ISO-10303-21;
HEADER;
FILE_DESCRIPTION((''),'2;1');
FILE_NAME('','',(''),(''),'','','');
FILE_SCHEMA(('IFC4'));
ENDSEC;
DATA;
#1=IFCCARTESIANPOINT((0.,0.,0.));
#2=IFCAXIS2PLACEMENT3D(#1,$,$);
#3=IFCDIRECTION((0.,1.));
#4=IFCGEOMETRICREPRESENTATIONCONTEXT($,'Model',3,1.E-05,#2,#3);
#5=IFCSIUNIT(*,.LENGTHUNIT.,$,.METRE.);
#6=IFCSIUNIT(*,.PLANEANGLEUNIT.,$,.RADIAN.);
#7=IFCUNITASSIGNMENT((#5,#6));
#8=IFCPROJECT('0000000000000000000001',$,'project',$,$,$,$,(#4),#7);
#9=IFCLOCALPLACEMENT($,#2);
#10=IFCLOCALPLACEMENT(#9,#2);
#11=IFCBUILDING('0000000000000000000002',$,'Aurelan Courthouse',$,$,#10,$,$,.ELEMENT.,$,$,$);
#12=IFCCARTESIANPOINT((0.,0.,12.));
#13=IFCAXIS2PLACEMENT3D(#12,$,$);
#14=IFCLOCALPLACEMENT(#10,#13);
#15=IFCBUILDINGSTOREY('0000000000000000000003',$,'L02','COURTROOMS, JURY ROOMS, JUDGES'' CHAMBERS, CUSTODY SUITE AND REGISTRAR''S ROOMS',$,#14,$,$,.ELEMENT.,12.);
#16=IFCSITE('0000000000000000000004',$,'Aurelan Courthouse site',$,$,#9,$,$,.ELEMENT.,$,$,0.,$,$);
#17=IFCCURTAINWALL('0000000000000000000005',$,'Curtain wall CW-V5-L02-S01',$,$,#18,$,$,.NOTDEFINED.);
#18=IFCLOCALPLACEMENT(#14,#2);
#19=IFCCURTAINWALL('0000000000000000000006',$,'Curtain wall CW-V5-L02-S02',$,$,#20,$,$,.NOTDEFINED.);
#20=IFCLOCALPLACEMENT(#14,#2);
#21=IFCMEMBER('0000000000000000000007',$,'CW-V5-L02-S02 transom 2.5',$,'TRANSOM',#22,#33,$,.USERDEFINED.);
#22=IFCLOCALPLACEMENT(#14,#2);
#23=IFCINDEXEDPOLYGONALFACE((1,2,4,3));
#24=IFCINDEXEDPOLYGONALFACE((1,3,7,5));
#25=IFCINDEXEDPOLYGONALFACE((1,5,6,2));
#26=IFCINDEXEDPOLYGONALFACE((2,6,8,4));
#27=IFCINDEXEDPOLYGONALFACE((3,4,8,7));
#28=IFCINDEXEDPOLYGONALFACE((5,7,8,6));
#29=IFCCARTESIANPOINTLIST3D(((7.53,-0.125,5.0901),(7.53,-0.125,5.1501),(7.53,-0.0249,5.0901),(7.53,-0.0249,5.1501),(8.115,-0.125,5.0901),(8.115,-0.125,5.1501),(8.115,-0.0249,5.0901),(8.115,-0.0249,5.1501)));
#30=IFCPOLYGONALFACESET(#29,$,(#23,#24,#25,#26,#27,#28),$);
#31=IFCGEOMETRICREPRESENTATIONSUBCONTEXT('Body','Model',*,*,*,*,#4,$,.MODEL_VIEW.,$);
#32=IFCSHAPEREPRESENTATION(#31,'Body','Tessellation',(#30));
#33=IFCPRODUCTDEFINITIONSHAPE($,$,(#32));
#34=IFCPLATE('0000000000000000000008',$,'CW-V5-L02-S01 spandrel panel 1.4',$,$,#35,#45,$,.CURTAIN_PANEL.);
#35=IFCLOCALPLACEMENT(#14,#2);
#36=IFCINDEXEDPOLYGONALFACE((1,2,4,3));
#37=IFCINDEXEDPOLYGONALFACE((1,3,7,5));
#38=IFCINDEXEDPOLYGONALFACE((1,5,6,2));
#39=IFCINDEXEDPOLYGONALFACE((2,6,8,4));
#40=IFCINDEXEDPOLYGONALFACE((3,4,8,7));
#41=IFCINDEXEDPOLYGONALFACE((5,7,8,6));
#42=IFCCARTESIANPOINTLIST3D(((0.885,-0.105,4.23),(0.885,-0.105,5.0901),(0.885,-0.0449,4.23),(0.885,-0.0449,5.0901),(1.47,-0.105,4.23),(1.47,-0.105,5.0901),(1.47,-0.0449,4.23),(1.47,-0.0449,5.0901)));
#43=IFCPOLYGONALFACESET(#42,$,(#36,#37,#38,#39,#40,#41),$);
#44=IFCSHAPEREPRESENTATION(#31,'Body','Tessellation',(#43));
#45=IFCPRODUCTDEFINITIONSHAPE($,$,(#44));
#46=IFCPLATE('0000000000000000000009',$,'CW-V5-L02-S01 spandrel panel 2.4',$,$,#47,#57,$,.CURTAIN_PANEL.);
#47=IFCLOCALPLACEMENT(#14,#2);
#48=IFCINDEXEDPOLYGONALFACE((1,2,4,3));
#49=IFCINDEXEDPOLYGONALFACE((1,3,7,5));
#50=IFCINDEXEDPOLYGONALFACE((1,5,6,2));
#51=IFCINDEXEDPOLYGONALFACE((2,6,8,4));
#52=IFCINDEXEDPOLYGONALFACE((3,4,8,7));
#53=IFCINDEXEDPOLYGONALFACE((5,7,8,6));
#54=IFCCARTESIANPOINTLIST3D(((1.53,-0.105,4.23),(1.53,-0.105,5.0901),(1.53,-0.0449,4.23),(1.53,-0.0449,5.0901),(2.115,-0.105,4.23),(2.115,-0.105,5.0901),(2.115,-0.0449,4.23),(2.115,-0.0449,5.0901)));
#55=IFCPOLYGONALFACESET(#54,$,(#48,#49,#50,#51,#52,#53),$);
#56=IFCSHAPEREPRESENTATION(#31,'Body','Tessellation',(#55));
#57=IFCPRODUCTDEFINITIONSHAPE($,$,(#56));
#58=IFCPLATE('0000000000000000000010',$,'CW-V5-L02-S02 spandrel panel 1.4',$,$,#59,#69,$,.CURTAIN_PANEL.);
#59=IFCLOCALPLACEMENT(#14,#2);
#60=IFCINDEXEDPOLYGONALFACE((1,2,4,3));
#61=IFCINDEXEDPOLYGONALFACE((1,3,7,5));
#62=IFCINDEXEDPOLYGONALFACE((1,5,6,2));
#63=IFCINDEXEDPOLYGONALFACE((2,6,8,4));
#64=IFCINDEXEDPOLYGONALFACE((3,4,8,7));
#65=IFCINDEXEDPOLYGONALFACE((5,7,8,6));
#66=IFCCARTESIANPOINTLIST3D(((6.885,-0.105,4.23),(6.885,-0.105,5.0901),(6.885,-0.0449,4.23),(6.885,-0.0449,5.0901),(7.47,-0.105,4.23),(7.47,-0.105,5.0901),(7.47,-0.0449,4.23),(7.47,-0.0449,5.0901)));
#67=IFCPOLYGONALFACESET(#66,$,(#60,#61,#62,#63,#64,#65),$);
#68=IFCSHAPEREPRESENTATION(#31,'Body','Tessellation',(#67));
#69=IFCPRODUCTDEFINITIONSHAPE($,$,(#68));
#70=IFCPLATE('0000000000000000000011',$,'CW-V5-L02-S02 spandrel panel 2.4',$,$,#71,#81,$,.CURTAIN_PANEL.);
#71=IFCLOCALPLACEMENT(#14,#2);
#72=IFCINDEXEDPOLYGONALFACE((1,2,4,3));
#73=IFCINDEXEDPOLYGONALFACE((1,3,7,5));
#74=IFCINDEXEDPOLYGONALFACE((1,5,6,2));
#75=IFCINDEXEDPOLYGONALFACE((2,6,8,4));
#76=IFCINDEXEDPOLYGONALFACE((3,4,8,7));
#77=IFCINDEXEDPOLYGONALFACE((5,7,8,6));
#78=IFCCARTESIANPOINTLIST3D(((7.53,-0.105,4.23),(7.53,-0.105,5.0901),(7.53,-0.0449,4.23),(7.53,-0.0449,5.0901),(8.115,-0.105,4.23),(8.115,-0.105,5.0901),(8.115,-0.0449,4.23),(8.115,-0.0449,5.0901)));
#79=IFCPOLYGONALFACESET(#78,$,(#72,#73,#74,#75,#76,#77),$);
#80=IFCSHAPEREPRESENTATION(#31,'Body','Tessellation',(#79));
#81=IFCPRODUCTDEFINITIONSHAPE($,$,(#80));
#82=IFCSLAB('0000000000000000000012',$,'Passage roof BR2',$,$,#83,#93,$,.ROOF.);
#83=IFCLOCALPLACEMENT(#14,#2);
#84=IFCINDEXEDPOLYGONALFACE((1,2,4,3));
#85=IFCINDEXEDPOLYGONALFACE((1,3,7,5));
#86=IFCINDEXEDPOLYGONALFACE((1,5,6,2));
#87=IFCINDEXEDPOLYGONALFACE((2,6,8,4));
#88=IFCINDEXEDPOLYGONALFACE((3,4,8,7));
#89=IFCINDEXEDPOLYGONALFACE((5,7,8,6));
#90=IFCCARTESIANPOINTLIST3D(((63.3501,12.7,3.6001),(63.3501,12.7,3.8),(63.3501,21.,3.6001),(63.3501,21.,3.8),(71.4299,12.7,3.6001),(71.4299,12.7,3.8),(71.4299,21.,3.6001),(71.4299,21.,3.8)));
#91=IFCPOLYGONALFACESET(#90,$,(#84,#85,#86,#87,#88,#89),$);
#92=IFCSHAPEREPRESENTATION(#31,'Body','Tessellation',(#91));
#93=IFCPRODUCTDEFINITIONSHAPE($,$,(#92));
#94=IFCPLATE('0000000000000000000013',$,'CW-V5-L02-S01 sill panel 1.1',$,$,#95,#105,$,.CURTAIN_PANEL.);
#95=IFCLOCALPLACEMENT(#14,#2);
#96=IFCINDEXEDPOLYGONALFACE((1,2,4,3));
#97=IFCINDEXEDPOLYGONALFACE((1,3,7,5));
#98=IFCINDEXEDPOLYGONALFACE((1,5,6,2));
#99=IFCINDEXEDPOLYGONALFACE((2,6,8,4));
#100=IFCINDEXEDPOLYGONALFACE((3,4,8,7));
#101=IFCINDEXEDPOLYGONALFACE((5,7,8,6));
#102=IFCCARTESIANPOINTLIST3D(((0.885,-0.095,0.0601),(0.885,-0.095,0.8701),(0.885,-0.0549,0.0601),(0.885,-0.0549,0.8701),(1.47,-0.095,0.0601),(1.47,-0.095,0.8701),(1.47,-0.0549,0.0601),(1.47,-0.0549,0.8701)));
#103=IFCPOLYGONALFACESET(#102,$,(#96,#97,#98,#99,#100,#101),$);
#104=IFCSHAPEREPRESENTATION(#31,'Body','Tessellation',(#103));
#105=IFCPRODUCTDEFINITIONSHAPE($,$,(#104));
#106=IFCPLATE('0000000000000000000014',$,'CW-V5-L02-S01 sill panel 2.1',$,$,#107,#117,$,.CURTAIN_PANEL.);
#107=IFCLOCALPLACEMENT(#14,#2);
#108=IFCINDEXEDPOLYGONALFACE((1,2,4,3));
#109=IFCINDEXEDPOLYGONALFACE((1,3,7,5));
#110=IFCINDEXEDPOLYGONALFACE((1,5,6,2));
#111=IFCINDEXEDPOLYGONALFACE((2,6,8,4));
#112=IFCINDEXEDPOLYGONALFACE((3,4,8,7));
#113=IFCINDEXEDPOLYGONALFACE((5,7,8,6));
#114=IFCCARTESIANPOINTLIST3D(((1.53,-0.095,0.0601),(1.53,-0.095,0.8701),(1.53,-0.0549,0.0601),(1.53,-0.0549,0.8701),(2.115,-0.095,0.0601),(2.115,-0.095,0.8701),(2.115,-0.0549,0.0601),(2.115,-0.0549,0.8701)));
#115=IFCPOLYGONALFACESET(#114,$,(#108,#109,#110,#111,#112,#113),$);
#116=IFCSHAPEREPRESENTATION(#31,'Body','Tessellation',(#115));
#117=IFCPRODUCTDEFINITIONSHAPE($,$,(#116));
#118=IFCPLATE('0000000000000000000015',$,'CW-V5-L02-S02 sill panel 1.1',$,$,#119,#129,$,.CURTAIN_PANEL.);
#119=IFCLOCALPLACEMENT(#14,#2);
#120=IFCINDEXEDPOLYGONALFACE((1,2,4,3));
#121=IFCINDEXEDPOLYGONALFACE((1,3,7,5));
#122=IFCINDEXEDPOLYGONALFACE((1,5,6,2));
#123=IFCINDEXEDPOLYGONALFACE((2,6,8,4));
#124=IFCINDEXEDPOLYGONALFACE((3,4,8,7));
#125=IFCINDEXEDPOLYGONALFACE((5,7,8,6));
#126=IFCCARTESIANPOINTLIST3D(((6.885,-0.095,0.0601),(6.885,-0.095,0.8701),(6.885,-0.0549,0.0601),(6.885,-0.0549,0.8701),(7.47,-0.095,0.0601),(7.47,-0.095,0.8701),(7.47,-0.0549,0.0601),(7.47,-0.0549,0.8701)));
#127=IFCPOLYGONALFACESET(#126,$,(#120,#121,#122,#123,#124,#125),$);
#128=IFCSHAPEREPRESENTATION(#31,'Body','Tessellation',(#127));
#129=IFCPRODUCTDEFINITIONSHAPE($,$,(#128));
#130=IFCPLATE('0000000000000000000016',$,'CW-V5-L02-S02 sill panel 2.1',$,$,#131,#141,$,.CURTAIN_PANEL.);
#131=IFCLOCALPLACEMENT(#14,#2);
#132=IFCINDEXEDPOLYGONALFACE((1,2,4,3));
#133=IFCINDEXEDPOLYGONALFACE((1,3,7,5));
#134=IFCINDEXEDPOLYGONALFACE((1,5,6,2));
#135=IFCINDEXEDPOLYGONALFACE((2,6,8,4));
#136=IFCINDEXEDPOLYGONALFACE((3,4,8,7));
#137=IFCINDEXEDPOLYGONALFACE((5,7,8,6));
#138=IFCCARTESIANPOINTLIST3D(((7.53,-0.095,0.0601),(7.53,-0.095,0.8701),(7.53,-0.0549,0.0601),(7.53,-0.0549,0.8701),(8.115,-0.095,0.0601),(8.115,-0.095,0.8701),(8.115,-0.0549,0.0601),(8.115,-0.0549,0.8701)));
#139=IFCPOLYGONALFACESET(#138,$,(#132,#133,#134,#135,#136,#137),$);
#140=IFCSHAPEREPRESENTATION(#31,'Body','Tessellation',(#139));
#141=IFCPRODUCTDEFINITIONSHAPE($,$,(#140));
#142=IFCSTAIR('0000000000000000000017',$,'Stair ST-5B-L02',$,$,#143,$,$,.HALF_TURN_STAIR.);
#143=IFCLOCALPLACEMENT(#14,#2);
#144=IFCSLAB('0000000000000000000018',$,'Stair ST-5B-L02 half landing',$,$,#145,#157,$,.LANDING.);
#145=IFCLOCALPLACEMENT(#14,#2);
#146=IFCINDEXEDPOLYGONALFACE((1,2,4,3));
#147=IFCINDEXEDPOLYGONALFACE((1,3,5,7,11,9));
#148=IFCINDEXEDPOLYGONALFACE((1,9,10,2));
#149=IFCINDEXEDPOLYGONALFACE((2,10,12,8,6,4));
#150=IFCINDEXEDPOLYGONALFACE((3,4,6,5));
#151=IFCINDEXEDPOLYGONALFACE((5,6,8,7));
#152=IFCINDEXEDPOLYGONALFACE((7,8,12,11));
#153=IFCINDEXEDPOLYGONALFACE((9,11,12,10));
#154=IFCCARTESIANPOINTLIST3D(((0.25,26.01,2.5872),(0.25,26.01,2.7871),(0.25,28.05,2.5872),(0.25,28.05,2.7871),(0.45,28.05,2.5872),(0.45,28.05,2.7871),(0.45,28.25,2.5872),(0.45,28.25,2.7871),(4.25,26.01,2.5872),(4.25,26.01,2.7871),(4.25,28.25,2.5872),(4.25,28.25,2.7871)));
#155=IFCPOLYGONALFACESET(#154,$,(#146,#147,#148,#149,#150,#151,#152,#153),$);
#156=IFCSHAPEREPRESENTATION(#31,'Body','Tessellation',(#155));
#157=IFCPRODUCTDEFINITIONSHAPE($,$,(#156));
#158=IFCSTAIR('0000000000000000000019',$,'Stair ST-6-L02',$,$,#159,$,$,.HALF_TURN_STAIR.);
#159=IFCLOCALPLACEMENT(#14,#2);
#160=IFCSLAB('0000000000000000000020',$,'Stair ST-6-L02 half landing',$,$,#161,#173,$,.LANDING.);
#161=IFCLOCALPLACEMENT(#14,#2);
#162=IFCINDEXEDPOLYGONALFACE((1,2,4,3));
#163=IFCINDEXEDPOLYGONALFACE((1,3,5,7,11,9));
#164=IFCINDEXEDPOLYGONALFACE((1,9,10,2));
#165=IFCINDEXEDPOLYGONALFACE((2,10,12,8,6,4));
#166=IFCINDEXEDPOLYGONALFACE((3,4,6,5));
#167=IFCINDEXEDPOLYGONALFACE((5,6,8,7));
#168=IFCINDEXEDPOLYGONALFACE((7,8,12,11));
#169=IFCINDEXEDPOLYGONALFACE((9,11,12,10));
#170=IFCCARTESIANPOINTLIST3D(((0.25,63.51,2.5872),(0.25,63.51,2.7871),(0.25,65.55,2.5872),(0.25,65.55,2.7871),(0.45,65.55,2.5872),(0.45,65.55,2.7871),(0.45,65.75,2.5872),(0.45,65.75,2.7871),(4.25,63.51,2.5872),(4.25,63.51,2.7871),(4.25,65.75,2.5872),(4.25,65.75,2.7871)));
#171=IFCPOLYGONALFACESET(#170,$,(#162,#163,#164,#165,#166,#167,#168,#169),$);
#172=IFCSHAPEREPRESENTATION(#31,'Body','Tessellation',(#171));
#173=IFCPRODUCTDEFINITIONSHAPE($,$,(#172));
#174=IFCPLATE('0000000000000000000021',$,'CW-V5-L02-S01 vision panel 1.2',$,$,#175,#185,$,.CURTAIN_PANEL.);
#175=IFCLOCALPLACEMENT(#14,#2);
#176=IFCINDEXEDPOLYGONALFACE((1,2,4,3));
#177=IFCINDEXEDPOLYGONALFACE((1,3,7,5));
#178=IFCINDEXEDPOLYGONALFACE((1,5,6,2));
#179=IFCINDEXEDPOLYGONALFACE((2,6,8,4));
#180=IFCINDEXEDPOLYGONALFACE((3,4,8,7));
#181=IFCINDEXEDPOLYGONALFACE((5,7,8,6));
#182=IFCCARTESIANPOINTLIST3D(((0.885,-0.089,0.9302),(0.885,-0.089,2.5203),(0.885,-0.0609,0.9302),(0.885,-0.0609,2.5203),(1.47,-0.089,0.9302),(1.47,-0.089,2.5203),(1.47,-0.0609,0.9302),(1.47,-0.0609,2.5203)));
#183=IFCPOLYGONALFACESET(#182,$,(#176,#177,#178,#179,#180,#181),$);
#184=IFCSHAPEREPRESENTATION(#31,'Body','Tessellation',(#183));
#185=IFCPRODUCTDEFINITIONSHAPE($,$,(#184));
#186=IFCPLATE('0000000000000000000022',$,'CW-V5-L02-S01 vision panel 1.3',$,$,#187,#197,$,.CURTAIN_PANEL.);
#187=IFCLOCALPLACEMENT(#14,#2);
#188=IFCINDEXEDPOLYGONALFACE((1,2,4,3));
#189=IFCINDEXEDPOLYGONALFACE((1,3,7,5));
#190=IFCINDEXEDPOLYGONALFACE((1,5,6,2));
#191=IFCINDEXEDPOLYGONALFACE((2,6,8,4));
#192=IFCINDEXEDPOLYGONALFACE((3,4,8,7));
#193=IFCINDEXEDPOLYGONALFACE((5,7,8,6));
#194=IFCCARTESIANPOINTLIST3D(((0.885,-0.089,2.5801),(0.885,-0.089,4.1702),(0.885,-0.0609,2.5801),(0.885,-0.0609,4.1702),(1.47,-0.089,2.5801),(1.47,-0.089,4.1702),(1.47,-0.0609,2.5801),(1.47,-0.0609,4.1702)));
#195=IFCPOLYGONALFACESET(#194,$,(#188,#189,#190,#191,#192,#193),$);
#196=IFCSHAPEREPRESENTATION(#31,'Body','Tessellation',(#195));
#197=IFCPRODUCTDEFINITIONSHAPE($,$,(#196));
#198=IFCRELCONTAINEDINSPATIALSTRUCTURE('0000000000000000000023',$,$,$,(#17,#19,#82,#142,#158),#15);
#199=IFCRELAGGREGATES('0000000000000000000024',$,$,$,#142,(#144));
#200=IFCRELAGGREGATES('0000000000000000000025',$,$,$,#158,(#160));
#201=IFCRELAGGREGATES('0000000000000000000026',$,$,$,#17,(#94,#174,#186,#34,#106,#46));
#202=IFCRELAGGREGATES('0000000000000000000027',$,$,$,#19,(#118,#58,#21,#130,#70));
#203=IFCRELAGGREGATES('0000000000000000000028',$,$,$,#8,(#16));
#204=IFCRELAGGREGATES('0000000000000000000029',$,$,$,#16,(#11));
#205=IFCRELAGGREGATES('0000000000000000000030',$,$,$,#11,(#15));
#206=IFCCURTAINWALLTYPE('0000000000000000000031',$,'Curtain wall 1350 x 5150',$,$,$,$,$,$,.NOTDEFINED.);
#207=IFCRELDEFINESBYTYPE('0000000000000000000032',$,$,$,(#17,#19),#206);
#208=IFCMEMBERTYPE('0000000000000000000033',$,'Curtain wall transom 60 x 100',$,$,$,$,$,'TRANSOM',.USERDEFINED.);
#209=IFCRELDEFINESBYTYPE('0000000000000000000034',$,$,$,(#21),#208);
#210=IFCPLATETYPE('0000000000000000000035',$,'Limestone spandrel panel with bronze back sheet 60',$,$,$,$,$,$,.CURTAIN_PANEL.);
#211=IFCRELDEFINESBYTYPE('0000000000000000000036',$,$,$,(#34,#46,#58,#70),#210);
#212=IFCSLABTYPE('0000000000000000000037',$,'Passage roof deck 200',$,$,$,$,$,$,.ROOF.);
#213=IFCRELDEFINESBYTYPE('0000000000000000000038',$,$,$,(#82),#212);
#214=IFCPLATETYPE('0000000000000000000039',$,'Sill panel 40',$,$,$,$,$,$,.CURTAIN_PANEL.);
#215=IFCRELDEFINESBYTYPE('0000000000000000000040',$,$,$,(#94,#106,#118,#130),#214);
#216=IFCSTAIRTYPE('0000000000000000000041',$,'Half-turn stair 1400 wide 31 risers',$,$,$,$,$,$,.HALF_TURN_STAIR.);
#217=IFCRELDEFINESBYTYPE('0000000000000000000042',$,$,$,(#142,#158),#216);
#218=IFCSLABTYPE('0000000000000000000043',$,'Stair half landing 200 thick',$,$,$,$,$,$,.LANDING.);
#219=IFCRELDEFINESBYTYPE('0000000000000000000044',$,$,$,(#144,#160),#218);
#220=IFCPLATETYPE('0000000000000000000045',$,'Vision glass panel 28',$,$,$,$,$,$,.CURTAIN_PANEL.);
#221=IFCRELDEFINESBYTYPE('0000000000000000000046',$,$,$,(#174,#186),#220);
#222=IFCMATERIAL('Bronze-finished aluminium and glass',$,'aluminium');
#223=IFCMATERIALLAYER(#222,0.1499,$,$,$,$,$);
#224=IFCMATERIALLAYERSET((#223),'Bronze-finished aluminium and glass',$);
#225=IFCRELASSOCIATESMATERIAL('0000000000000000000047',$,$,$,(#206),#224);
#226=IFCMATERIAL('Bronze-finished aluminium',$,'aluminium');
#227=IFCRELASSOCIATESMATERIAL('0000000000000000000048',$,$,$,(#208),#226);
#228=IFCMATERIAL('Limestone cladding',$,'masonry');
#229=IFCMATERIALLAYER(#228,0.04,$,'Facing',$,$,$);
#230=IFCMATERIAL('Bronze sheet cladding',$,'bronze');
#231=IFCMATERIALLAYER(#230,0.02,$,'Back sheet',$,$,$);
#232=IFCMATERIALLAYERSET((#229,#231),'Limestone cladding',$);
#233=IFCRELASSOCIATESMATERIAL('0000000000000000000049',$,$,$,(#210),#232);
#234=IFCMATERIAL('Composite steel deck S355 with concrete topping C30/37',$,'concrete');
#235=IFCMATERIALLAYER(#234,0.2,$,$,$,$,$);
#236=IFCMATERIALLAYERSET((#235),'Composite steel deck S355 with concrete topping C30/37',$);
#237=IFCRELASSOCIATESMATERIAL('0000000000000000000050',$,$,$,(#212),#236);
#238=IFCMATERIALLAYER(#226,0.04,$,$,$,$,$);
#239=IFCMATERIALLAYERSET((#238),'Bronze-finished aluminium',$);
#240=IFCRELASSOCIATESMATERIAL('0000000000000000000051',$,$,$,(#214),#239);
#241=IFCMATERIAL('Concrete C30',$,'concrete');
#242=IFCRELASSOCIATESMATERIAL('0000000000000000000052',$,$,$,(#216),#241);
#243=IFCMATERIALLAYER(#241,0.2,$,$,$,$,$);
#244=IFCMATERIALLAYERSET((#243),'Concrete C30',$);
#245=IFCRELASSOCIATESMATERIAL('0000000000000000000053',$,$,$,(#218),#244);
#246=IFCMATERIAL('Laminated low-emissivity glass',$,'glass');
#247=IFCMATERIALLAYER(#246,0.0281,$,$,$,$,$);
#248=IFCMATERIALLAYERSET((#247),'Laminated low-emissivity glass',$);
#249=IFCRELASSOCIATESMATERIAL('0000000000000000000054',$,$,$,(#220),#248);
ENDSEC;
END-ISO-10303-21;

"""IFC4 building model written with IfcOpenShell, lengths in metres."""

from ifc_helpers import new_model, si_unit, direction, frame, origin, origin_2d, place, context, subcontext, project, spatial, polyline, rectangle, outline, extrude, material, layer, layer_set, material_profile, profile_set, type_object, element, aggregate, save


model = new_model("IFC4")

# Units and contexts
model_context = context("Model", 3, precision=1e-05, world=origin(), true_north=direction((0.0, 1.0)))
body_context = subcontext(model_context, "Body", "Model", "MODEL_VIEW")
ifc_project = project(units=[si_unit("LENGTHUNIT", "METRE"), si_unit("PLANEANGLEUNIT", "RADIAN")], contexts=[model_context])

# Site, building, storey
site_placement = place(None, origin())
site = spatial("IfcSite", under=ifc_project, at=site_placement, Name="Aurelan Courthouse site", CompositionType="ELEMENT", RefElevation=0.0)
building_placement = place(site_placement, origin())
building = spatial("IfcBuilding", under=site, at=building_placement, Name="Aurelan Courthouse", CompositionType="ELEMENT")
storey_placement = place(building_placement, frame((0.0, 0.0, 12.0)))
storey = spatial("IfcBuildingStorey", under=building, at=storey_placement, Name="L02", Description="COURTROOMS, JURY ROOMS, JUDGES' CHAMBERS, CUSTODY SUITE AND REGISTRAR'S ROOMS", CompositionType="ELEMENT", Elevation=12.0)

# Curtain walls, member
ifc_material_1 = material(Name="Bronze-finished aluminium and glass", Category="aluminium")
ifc_layer_1 = layer(ifc_material_1, 0.1499)
ifc_layer_set_1 = layer_set([ifc_layer_1], Name="Bronze-finished aluminium and glass")
curtain_wall_type = type_object("IfcCurtainWallType", Name="Curtain wall 1350 x 5150", PredefinedType="NOTDEFINED", material=ifc_layer_set_1)
curtain_wall_1_placement = place(storey_placement, origin())
curtain_wall_1 = element("IfcCurtainWall", 1, at=curtain_wall_1_placement, inside=storey, type_object=curtain_wall_type, Name="Curtain wall CW-V5-L02-S01", PredefinedType="NOTDEFINED")
ifc_material_2 = material(Name="Bronze-finished aluminium", Category="aluminium")
ifc_material_profile = material_profile(ifc_material_2, rectangle(XDim=0.1001, YDim=0.0601, at=origin_2d()), Name="Bronze transom 60 x 100")
ifc_profile_set = profile_set([ifc_material_profile], Name="Bronze-finished aluminium")
member_type = type_object("IfcMemberType", Name="Curtain wall transom 60 x 100", ElementType="TRANSOM", PredefinedType="USERDEFINED", material=ifc_profile_set)
curtain_wall_2_placement = place(storey_placement, origin())
curtain_wall_2 = element("IfcCurtainWall", 2, at=curtain_wall_2_placement, inside=storey, type_object=curtain_wall_type, Name="Curtain wall CW-V5-L02-S02", PredefinedType="NOTDEFINED")
member_1_placement = place(storey_placement, frame((7.53, -0.075, 5.1201), z_axis=(1.0, 0.0, 0.0), x_axis=(0.0, 1.0, 0.0)))
member_1 = element("IfcMember", 3, at=member_1_placement, type_object=member_type, Name="CW-V5-L02-S02 transom 2.5", ObjectType="TRANSOM", PredefinedType="USERDEFINED", context=body_context, shape_type="SweptSolid", body=[
    extrude(rectangle(XDim=0.1001, YDim=0.0601, at=origin_2d()), origin(), (0.0, 0.0, 1.0), 0.585),
])

# Plates
ifc_material_3 = material(Name="Limestone cladding", Category="masonry")
ifc_layer_2 = layer(ifc_material_3, 0.04, Name="Facing")
ifc_material_4 = material(Name="Bronze sheet cladding", Category="bronze")
ifc_layer_3 = layer(ifc_material_4, 0.02, Name="Back sheet")
ifc_layer_set_2 = layer_set([ifc_layer_2, ifc_layer_3], Name="Limestone cladding")
plate_type_1 = type_object("IfcPlateType", Name="Limestone spandrel panel with bronze back sheet 60", PredefinedType="CURTAIN_PANEL", material=ifc_layer_set_2)
plate_1_placement = place(storey_placement, frame((1.1775, -0.075, 4.23), z_axis=(0.0, 0.0, 1.0), x_axis=(1.0, 0.0, 0.0)))
plate_1 = element("IfcPlate", 4, at=plate_1_placement, type_object=plate_type_1, Name="CW-V5-L02-S01 spandrel panel 1.4", PredefinedType="CURTAIN_PANEL", context=body_context, shape_type="SweptSolid", body=[
    extrude(rectangle(XDim=0.585, YDim=0.0601, at=origin_2d()), origin(), (0.0, 0.0, 1.0), 0.8601),
])
plate_2_placement = place(storey_placement, frame((1.8225, -0.075, 4.23), z_axis=(0.0, 0.0, 1.0), x_axis=(1.0, 0.0, 0.0)))
plate_2 = element("IfcPlate", 5, at=plate_2_placement, type_object=plate_type_1, Name="CW-V5-L02-S01 spandrel panel 2.4", PredefinedType="CURTAIN_PANEL", context=body_context, shape_type="SweptSolid", body=[
    extrude(rectangle(XDim=0.585, YDim=0.0601, at=origin_2d()), origin(), (0.0, 0.0, 1.0), 0.8601),
])
plate_3_placement = place(storey_placement, frame((7.1775, -0.075, 4.23), z_axis=(0.0, 0.0, 1.0), x_axis=(1.0, 0.0, 0.0)))
plate_3 = element("IfcPlate", 6, at=plate_3_placement, type_object=plate_type_1, Name="CW-V5-L02-S02 spandrel panel 1.4", PredefinedType="CURTAIN_PANEL", context=body_context, shape_type="SweptSolid", body=[
    extrude(rectangle(XDim=0.585, YDim=0.0601, at=origin_2d()), origin(), (0.0, 0.0, 1.0), 0.8601),
])
plate_4_placement = place(storey_placement, frame((7.8225, -0.075, 4.23), z_axis=(0.0, 0.0, 1.0), x_axis=(1.0, 0.0, 0.0)))
plate_4 = element("IfcPlate", 7, at=plate_4_placement, type_object=plate_type_1, Name="CW-V5-L02-S02 spandrel panel 2.4", PredefinedType="CURTAIN_PANEL", context=body_context, shape_type="SweptSolid", body=[
    extrude(rectangle(XDim=0.585, YDim=0.0601, at=origin_2d()), origin(), (0.0, 0.0, 1.0), 0.8601),
])

# Slab
ifc_material_5 = material(Name="Composite steel deck S355 with concrete topping C30/37", Category="concrete")
ifc_layer_4 = layer(ifc_material_5, 0.2)
ifc_layer_set_3 = layer_set([ifc_layer_4], Name="Composite steel deck S355 with concrete topping C30/37")
slab_type_1 = type_object("IfcSlabType", Name="Passage roof deck 200", PredefinedType="ROOF", material=ifc_layer_set_3)
slab_1_placement = place(storey_placement, frame((0.0, 0.0, 3.6001)))
element("IfcSlab", 8, at=slab_1_placement, inside=storey, type_object=slab_type_1, Name="Passage roof BR2", PredefinedType="ROOF", context=body_context, shape_type="SweptSolid", body=[
    extrude(outline(polyline([(63.3501, 12.7), (71.4299, 12.7), (71.4299, 21.0), (63.3501, 21.0), (63.3501, 12.7)])), origin(), (0.0, 0.0, 1.0), 0.2),
])

# Plates
ifc_layer_5 = layer(ifc_material_2, 0.04)
ifc_layer_set_4 = layer_set([ifc_layer_5], Name="Bronze-finished aluminium")
plate_type_2 = type_object("IfcPlateType", Name="Sill panel 40", PredefinedType="CURTAIN_PANEL", material=ifc_layer_set_4)
plate_5_placement = place(storey_placement, frame((1.1775, -0.075, 0.0601), z_axis=(0.0, 0.0, 1.0), x_axis=(1.0, 0.0, 0.0)))
plate_5 = element("IfcPlate", 9, at=plate_5_placement, type_object=plate_type_2, Name="CW-V5-L02-S01 sill panel 1.1", PredefinedType="CURTAIN_PANEL", context=body_context, shape_type="SweptSolid", body=[
    extrude(rectangle(XDim=0.585, YDim=0.04, at=origin_2d()), origin(), (0.0, 0.0, 1.0), 0.8101),
])
plate_6_placement = place(storey_placement, frame((1.8225, -0.075, 0.0601), z_axis=(0.0, 0.0, 1.0), x_axis=(1.0, 0.0, 0.0)))
plate_6 = element("IfcPlate", 10, at=plate_6_placement, type_object=plate_type_2, Name="CW-V5-L02-S01 sill panel 2.1", PredefinedType="CURTAIN_PANEL", context=body_context, shape_type="SweptSolid", body=[
    extrude(rectangle(XDim=0.585, YDim=0.04, at=origin_2d()), origin(), (0.0, 0.0, 1.0), 0.8101),
])
plate_7_placement = place(storey_placement, frame((7.1775, -0.075, 0.0601), z_axis=(0.0, 0.0, 1.0), x_axis=(1.0, 0.0, 0.0)))
plate_7 = element("IfcPlate", 11, at=plate_7_placement, type_object=plate_type_2, Name="CW-V5-L02-S02 sill panel 1.1", PredefinedType="CURTAIN_PANEL", context=body_context, shape_type="SweptSolid", body=[
    extrude(rectangle(XDim=0.585, YDim=0.04, at=origin_2d()), origin(), (0.0, 0.0, 1.0), 0.8101),
])
plate_8_placement = place(storey_placement, frame((7.8225, -0.075, 0.0601), z_axis=(0.0, 0.0, 1.0), x_axis=(1.0, 0.0, 0.0)))
plate_8 = element("IfcPlate", 12, at=plate_8_placement, type_object=plate_type_2, Name="CW-V5-L02-S02 sill panel 2.1", PredefinedType="CURTAIN_PANEL", context=body_context, shape_type="SweptSolid", body=[
    extrude(rectangle(XDim=0.585, YDim=0.04, at=origin_2d()), origin(), (0.0, 0.0, 1.0), 0.8101),
])

# Stairs, slabs
ifc_material_6 = material(Name="Concrete C30", Category="concrete")
stair_type = type_object("IfcStairType", Name="Half-turn stair 1400 wide 31 risers", PredefinedType="HALF_TURN_STAIR", material=ifc_material_6)
stair_1_placement = place(storey_placement, origin())
stair_1 = element("IfcStair", 13, at=stair_1_placement, inside=storey, type_object=stair_type, Name="Stair ST-5B-L02", PredefinedType="HALF_TURN_STAIR")
ifc_layer_6 = layer(ifc_material_6, 0.2)
ifc_layer_set_5 = layer_set([ifc_layer_6], Name="Concrete C30")
slab_type_2 = type_object("IfcSlabType", Name="Stair half landing 200 thick", PredefinedType="LANDING", material=ifc_layer_set_5)
slab_2_placement = place(storey_placement, frame((0.0, 0.0, 2.5872)))
slab_2 = element("IfcSlab", 14, at=slab_2_placement, type_object=slab_type_2, Name="Stair ST-5B-L02 half landing", PredefinedType="LANDING", context=body_context, shape_type="SweptSolid", body=[
    extrude(outline(polyline([(4.25, 28.25), (4.25, 26.01), (0.25, 26.01), (0.25, 28.05), (0.45, 28.05), (0.45, 28.25), (4.25, 28.25)])), origin(), (0.0, 0.0, 1.0), 0.2),
])
aggregate(stair_1, [slab_2])
stair_2_placement = place(storey_placement, origin())
stair_2 = element("IfcStair", 15, at=stair_2_placement, inside=storey, type_object=stair_type, Name="Stair ST-6-L02", PredefinedType="HALF_TURN_STAIR")
slab_3_placement = place(storey_placement, frame((0.0, 0.0, 2.5872)))
slab_3 = element("IfcSlab", 16, at=slab_3_placement, type_object=slab_type_2, Name="Stair ST-6-L02 half landing", PredefinedType="LANDING", context=body_context, shape_type="SweptSolid", body=[
    extrude(outline(polyline([(0.25, 65.55), (0.45, 65.55), (0.45, 65.75), (4.25, 65.75), (4.25, 63.51), (0.25, 63.51), (0.25, 65.55)])), origin(), (0.0, 0.0, 1.0), 0.2),
])
aggregate(stair_2, [slab_3])

# Plates
ifc_material_7 = material(Name="Laminated low-emissivity glass", Category="glass")
ifc_layer_7 = layer(ifc_material_7, 0.0281)
ifc_layer_set_6 = layer_set([ifc_layer_7], Name="Laminated low-emissivity glass")
plate_type_3 = type_object("IfcPlateType", Name="Vision glass panel 28", PredefinedType="CURTAIN_PANEL", material=ifc_layer_set_6)
plate_9_placement = place(storey_placement, frame((1.1775, -0.075, 0.9302), z_axis=(0.0, 0.0, 1.0), x_axis=(1.0, 0.0, 0.0)))
plate_9 = element("IfcPlate", 17, at=plate_9_placement, type_object=plate_type_3, Name="CW-V5-L02-S01 vision panel 1.2", PredefinedType="CURTAIN_PANEL", context=body_context, shape_type="SweptSolid", body=[
    extrude(rectangle(XDim=0.585, YDim=0.0281, at=origin_2d()), origin(), (0.0, 0.0, 1.0), 1.5901),
])
plate_10_placement = place(storey_placement, frame((1.1775, -0.075, 2.5801), z_axis=(0.0, 0.0, 1.0), x_axis=(1.0, 0.0, 0.0)))
plate_10 = element("IfcPlate", 18, at=plate_10_placement, type_object=plate_type_3, Name="CW-V5-L02-S01 vision panel 1.3", PredefinedType="CURTAIN_PANEL", context=body_context, shape_type="SweptSolid", body=[
    extrude(rectangle(XDim=0.585, YDim=0.0281, at=origin_2d()), origin(), (0.0, 0.0, 1.0), 1.5901),
])
aggregate(curtain_wall_1, [plate_5, plate_9, plate_10, plate_1, plate_6, plate_2])
aggregate(curtain_wall_2, [plate_7, plate_3, member_1, plate_8, plate_4])

save(model, "model.ifc")
